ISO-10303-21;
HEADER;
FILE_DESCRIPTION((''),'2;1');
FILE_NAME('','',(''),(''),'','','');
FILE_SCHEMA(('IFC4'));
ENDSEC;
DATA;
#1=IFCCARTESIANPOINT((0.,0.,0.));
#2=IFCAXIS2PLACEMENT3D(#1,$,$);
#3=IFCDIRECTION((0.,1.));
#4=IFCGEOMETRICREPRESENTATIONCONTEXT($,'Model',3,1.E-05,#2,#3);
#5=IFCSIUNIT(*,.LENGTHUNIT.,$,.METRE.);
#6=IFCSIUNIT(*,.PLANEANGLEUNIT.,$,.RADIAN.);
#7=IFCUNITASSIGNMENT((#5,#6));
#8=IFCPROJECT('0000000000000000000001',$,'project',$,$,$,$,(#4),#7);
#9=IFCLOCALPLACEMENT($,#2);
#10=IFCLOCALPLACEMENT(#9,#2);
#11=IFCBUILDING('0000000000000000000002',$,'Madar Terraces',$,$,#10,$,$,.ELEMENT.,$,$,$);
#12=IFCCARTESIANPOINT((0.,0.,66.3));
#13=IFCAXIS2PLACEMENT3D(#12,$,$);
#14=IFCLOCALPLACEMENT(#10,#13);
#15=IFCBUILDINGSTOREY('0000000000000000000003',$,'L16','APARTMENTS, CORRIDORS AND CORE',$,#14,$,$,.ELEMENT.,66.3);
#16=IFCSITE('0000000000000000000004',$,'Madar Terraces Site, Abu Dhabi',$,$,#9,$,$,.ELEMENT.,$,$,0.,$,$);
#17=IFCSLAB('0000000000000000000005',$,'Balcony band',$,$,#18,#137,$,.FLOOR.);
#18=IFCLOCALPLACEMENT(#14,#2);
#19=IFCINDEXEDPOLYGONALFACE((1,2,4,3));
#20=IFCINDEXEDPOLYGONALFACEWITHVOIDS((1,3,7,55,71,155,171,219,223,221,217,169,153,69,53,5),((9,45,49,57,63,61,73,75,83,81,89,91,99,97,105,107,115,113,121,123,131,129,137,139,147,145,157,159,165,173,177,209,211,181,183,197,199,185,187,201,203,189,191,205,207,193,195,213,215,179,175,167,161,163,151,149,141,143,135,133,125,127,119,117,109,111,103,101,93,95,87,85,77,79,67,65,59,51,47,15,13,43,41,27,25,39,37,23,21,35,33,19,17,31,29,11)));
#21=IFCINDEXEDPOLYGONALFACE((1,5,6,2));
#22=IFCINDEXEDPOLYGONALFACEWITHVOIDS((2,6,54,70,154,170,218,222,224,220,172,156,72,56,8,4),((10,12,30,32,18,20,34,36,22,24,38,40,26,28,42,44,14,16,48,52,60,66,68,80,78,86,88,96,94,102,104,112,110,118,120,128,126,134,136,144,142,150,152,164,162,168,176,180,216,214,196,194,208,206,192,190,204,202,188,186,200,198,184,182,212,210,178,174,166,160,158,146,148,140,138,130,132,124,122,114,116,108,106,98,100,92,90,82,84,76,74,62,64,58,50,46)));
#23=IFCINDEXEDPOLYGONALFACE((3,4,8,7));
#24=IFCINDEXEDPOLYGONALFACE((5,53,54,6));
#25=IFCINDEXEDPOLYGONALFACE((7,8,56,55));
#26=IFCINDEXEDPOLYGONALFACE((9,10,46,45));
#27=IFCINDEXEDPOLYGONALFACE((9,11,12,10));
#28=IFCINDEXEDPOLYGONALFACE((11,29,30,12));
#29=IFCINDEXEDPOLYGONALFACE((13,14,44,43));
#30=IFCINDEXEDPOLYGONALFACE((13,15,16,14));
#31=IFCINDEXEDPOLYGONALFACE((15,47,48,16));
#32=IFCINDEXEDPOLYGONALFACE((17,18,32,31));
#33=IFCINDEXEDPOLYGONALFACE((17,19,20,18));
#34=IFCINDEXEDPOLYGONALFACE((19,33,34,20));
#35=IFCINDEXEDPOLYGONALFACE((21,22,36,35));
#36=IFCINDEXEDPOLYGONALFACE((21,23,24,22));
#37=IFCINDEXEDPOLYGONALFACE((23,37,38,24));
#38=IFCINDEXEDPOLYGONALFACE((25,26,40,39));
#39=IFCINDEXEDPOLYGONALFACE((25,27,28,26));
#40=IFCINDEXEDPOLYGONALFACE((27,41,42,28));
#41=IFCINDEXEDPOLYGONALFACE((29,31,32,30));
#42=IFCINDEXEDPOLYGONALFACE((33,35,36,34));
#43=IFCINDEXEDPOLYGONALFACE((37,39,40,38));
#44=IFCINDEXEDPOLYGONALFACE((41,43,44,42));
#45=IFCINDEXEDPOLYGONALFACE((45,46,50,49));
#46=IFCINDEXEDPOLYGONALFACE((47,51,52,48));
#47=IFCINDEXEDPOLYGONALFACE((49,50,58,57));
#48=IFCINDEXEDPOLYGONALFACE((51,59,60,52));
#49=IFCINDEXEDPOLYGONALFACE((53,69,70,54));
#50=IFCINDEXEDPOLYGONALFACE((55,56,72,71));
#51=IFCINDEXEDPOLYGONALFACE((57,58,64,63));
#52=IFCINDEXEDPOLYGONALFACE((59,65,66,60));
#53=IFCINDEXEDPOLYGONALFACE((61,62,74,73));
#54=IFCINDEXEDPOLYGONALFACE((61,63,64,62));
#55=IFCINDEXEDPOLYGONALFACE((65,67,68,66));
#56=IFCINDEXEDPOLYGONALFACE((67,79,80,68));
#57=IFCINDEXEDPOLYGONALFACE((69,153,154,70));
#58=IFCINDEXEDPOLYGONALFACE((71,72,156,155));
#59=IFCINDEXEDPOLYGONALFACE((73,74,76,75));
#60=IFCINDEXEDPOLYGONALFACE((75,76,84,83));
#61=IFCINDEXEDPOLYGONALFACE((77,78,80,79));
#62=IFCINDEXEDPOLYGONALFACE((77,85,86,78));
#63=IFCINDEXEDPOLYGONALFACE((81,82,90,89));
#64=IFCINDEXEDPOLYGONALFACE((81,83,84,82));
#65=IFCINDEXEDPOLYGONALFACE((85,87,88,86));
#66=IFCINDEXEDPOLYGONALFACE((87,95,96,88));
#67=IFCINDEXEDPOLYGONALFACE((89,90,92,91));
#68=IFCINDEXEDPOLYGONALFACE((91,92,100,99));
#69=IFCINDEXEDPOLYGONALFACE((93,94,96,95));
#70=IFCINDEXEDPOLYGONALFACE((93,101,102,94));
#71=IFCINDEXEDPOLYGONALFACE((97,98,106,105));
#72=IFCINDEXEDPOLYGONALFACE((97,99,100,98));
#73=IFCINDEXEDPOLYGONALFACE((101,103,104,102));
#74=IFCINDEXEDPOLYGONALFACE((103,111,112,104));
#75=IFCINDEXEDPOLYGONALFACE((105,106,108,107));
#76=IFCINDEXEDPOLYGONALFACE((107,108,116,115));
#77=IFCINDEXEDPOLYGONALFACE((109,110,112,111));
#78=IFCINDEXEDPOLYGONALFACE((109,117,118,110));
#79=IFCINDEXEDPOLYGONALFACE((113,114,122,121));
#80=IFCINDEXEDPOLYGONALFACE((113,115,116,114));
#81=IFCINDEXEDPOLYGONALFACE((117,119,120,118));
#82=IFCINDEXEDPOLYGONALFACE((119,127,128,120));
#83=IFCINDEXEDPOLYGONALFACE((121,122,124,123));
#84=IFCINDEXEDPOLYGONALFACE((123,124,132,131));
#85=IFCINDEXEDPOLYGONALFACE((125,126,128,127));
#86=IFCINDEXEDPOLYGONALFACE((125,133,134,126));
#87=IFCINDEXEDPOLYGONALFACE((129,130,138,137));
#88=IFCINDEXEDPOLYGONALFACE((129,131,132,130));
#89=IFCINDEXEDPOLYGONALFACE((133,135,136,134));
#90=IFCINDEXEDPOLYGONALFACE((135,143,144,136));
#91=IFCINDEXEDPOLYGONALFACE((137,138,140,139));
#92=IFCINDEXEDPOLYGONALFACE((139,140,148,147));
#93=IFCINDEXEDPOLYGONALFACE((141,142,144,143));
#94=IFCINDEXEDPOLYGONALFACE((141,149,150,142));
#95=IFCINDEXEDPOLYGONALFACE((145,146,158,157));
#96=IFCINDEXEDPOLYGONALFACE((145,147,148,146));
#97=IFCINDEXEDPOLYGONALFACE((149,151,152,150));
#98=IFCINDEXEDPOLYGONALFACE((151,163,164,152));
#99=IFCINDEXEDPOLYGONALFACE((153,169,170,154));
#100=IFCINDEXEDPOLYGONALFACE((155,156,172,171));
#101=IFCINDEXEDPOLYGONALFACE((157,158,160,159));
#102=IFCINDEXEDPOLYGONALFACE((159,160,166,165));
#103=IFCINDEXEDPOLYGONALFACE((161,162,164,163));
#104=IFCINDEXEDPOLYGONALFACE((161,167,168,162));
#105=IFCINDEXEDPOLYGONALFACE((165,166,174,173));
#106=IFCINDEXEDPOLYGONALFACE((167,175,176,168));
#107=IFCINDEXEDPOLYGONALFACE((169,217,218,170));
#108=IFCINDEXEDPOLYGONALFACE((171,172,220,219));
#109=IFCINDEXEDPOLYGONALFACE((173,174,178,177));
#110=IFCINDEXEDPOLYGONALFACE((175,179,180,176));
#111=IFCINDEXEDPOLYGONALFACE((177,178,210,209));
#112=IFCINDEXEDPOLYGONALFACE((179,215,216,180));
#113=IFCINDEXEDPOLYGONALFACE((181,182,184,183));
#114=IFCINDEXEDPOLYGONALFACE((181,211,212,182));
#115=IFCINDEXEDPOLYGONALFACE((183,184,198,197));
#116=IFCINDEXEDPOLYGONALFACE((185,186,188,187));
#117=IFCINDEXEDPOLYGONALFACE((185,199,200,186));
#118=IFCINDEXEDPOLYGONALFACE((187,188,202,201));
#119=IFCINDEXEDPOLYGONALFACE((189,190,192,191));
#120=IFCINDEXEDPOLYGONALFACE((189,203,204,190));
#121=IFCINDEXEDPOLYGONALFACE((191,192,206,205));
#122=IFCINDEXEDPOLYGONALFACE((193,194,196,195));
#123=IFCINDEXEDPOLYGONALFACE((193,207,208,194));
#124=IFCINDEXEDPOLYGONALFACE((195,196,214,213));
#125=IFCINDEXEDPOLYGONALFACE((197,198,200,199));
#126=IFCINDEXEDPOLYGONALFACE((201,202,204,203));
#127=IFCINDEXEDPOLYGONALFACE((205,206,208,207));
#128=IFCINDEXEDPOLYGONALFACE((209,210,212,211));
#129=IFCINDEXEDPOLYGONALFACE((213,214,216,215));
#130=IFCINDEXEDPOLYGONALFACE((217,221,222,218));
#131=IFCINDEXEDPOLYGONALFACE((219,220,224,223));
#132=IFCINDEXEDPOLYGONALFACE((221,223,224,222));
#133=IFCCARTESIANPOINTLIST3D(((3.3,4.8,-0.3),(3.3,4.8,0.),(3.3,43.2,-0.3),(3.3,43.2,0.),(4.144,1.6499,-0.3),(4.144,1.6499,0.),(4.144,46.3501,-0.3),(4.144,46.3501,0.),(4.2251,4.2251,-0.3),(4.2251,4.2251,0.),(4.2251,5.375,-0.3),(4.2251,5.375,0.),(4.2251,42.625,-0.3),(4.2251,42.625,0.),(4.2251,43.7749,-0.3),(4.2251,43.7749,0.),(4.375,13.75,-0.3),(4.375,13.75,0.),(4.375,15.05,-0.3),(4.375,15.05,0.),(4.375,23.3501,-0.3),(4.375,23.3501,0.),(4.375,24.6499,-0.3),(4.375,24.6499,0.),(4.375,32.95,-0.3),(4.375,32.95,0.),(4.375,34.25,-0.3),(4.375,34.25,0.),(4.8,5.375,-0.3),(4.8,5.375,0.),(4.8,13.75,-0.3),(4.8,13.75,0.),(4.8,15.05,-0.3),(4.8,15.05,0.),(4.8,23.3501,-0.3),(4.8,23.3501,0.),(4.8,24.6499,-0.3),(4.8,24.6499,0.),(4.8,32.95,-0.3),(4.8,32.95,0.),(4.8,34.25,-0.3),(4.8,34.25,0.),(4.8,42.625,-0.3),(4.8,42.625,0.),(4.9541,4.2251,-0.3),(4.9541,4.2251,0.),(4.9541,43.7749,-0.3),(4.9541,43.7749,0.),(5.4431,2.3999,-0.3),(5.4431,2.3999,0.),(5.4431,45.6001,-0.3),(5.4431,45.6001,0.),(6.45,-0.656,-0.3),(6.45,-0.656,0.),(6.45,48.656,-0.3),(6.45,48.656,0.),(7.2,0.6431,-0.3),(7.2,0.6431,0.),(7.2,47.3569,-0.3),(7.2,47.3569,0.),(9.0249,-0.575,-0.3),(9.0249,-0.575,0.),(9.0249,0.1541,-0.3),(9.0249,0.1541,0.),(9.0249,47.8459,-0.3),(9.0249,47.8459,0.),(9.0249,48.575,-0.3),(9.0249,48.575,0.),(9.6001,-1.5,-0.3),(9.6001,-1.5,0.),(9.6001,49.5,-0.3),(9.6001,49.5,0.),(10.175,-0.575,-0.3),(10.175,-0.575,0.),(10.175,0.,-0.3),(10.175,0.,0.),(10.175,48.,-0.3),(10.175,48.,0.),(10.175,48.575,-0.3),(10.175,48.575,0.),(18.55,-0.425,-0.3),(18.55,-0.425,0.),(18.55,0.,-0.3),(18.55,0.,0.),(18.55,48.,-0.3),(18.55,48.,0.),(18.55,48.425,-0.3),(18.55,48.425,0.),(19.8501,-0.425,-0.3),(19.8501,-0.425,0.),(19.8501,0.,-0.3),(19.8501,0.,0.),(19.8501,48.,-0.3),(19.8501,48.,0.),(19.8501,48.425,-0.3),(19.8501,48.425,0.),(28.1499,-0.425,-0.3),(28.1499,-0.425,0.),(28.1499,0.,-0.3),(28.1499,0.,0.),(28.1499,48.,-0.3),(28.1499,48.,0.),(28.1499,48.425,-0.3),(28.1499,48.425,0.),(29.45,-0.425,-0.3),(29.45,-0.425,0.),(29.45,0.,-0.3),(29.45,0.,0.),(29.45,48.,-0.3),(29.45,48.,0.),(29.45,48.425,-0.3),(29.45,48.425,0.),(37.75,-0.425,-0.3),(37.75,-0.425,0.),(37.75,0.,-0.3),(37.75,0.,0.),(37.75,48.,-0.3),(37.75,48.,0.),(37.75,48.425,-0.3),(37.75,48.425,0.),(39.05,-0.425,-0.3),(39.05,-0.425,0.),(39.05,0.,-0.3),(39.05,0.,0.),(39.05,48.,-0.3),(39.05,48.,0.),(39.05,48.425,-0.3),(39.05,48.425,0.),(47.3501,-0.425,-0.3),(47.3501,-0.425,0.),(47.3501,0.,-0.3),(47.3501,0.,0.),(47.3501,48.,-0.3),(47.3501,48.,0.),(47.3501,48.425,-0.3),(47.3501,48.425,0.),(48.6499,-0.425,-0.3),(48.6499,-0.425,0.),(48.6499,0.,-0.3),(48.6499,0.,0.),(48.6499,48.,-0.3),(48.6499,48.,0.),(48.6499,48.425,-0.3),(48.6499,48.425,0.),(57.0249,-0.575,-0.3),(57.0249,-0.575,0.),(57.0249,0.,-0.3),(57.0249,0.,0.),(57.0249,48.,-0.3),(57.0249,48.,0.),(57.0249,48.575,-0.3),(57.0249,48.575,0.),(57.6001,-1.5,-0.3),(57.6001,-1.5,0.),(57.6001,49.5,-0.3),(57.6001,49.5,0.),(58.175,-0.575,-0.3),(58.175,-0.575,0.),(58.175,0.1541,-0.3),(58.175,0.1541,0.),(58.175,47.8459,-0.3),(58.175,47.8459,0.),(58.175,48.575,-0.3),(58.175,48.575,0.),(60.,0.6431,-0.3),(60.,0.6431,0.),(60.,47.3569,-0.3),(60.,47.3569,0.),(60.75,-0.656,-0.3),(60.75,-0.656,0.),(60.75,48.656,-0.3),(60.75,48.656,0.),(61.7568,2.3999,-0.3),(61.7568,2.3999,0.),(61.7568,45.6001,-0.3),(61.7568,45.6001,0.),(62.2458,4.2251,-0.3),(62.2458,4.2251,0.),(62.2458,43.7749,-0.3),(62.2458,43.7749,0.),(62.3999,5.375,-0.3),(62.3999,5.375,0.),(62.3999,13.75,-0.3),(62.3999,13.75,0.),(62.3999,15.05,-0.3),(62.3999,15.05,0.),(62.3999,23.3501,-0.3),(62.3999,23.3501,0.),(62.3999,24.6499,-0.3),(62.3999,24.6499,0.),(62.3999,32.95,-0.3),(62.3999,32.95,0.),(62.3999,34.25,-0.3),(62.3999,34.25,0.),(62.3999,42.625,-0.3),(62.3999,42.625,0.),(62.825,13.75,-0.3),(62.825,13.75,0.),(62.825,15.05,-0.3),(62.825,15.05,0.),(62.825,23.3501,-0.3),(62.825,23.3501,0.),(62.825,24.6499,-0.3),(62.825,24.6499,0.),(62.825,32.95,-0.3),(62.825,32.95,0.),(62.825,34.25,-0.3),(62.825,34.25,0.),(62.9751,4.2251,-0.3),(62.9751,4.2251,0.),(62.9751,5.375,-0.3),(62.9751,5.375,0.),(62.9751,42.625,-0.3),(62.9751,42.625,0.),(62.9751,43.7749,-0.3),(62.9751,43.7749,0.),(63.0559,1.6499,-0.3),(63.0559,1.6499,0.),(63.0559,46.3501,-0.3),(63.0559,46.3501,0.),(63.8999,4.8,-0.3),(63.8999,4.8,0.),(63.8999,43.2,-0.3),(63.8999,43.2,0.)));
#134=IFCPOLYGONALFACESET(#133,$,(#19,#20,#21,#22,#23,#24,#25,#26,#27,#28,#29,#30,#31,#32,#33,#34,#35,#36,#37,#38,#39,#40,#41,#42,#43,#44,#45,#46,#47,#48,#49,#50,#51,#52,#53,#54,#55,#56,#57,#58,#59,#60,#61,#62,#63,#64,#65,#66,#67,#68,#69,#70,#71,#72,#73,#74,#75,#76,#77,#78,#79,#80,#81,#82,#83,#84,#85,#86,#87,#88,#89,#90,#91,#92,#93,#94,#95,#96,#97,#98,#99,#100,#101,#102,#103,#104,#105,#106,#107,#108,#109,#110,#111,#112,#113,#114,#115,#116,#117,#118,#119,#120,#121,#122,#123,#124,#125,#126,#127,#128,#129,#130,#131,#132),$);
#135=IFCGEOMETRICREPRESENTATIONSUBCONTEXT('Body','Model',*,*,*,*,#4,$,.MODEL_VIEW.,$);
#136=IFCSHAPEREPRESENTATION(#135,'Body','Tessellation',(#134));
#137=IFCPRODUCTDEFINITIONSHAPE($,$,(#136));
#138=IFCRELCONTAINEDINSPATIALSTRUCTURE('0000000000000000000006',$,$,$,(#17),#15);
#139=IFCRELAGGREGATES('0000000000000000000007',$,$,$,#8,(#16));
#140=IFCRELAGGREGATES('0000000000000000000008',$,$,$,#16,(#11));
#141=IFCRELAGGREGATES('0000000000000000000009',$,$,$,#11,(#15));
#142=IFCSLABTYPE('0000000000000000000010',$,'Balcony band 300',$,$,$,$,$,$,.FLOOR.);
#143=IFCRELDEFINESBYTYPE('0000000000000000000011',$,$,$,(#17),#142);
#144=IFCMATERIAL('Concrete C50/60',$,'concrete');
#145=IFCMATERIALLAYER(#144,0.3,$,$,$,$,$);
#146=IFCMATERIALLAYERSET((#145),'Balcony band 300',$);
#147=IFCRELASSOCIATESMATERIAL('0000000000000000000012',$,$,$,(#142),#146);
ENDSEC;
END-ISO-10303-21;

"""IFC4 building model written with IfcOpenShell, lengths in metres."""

from ifc_helpers import new_model, si_unit, direction, frame, origin, place, context, subcontext, project, spatial, polyline, outline, extrude, material, layer, layer_set, type_object, element, save


model = new_model("IFC4")

# Units and contexts
model_context = context("Model", 3, precision=1e-05, world=origin(), true_north=direction((0.0, 1.0)))
body_context = subcontext(model_context, "Body", "Model", "MODEL_VIEW")
ifc_project = project(units=[si_unit("LENGTHUNIT", "METRE"), si_unit("PLANEANGLEUNIT", "RADIAN")], contexts=[model_context])

# Site, building, storey
site_placement = place(None, origin())
site = spatial("IfcSite", under=ifc_project, at=site_placement, Name="Madar Terraces Site, Abu Dhabi", CompositionType="ELEMENT", RefElevation=0.0)
building_placement = place(site_placement, origin())
building = spatial("IfcBuilding", under=site, at=building_placement, Name="Madar Terraces", CompositionType="ELEMENT")
storey_placement = place(building_placement, frame((0.0, 0.0, 66.3)))
storey = spatial("IfcBuildingStorey", under=building, at=storey_placement, Name="L16", Description="APARTMENTS, CORRIDORS AND CORE", CompositionType="ELEMENT", Elevation=66.3)

# Slab
ifc_material_1 = material(Name="Concrete C50/60", Category="concrete")
ifc_layer_1 = layer(ifc_material_1, 0.3)
ifc_layer_set_1 = layer_set([ifc_layer_1], Name="Balcony band 300")
slab_type_1 = type_object("IfcSlabType", Name="Balcony band 300", PredefinedType="FLOOR", material=ifc_layer_set_1)
slab_1_placement = place(storey_placement, frame((0.0, 0.0, -0.3)))
element("IfcSlab", 1, at=slab_1_placement, inside=storey, type_object=slab_type_1, Name="Balcony band", PredefinedType="FLOOR", context=body_context, shape_type="SweptSolid", body=[
    extrude(outline(polyline([(9.6001, -1.5), (6.45, -0.656), (4.144, 1.6499), (3.3, 4.8), (3.3, 43.2), (4.144, 46.3501), (6.45, 48.656), (9.6001, 49.5), (57.6001, 49.5), (60.75, 48.656), (63.0559, 46.3501), (63.8999, 43.2), (63.8999, 4.8), (63.0559, 1.6499), (60.75, -0.656), (57.6001, -1.5), (9.6001, -1.5)]), holes=[polyline([(10.175, -0.575), (10.175, 0.0), (18.55, 0.0), (18.55, -0.425), (19.8501, -0.425), (19.8501, 0.0), (28.1499, 0.0), (28.1499, -0.425), (29.45, -0.425), (29.45, 0.0), (37.75, 0.0), (37.75, -0.425), (39.05, -0.425), (39.05, 0.0), (47.3501, 0.0), (47.3501, -0.425), (48.6499, -0.425), (48.6499, 0.0), (57.0249, 0.0), (57.0249, -0.575), (58.175, -0.575), (58.175, 0.1541), (60.0, 0.6431), (61.7568, 2.3999), (62.2458, 4.2251), (62.9751, 4.2251), (62.9751, 5.375), (62.3999, 5.375), (62.3999, 13.75), (62.825, 13.75), (62.825, 15.05), (62.3999, 15.05), (62.3999, 23.3501), (62.825, 23.3501), (62.825, 24.6499), (62.3999, 24.6499), (62.3999, 32.95), (62.825, 32.95), (62.825, 34.25), (62.3999, 34.25), (62.3999, 42.625), (62.9751, 42.625), (62.9751, 43.7749), (62.2458, 43.7749), (61.7568, 45.6001), (60.0, 47.3569), (58.175, 47.8459), (58.175, 48.575), (57.0249, 48.575), (57.0249, 48.0), (48.6499, 48.0), (48.6499, 48.425), (47.3501, 48.425), (47.3501, 48.0), (39.05, 48.0), (39.05, 48.425), (37.75, 48.425), (37.75, 48.0), (29.45, 48.0), (29.45, 48.425), (28.1499, 48.425), (28.1499, 48.0), (19.8501, 48.0), (19.8501, 48.425), (18.55, 48.425), (18.55, 48.0), (10.175, 48.0), (10.175, 48.575), (9.0249, 48.575), (9.0249, 47.8459), (7.2, 47.3569), (5.4431, 45.6001), (4.9541, 43.7749), (4.2251, 43.7749), (4.2251, 42.625), (4.8, 42.625), (4.8, 34.25), (4.375, 34.25), (4.375, 32.95), (4.8, 32.95), (4.8, 24.6499), (4.375, 24.6499), (4.375, 23.3501), (4.8, 23.3501), (4.8, 15.05), (4.375, 15.05), (4.375, 13.75), (4.8, 13.75), (4.8, 5.375), (4.2251, 5.375), (4.2251, 4.2251), (4.9541, 4.2251), (5.4431, 2.3999), (7.2, 0.6431), (9.0249, 0.1541), (9.0249, -0.575), (10.175, -0.575)])]), origin(), (0.0, 0.0, 1.0), 0.3),
])

save(model, "model.ifc")
